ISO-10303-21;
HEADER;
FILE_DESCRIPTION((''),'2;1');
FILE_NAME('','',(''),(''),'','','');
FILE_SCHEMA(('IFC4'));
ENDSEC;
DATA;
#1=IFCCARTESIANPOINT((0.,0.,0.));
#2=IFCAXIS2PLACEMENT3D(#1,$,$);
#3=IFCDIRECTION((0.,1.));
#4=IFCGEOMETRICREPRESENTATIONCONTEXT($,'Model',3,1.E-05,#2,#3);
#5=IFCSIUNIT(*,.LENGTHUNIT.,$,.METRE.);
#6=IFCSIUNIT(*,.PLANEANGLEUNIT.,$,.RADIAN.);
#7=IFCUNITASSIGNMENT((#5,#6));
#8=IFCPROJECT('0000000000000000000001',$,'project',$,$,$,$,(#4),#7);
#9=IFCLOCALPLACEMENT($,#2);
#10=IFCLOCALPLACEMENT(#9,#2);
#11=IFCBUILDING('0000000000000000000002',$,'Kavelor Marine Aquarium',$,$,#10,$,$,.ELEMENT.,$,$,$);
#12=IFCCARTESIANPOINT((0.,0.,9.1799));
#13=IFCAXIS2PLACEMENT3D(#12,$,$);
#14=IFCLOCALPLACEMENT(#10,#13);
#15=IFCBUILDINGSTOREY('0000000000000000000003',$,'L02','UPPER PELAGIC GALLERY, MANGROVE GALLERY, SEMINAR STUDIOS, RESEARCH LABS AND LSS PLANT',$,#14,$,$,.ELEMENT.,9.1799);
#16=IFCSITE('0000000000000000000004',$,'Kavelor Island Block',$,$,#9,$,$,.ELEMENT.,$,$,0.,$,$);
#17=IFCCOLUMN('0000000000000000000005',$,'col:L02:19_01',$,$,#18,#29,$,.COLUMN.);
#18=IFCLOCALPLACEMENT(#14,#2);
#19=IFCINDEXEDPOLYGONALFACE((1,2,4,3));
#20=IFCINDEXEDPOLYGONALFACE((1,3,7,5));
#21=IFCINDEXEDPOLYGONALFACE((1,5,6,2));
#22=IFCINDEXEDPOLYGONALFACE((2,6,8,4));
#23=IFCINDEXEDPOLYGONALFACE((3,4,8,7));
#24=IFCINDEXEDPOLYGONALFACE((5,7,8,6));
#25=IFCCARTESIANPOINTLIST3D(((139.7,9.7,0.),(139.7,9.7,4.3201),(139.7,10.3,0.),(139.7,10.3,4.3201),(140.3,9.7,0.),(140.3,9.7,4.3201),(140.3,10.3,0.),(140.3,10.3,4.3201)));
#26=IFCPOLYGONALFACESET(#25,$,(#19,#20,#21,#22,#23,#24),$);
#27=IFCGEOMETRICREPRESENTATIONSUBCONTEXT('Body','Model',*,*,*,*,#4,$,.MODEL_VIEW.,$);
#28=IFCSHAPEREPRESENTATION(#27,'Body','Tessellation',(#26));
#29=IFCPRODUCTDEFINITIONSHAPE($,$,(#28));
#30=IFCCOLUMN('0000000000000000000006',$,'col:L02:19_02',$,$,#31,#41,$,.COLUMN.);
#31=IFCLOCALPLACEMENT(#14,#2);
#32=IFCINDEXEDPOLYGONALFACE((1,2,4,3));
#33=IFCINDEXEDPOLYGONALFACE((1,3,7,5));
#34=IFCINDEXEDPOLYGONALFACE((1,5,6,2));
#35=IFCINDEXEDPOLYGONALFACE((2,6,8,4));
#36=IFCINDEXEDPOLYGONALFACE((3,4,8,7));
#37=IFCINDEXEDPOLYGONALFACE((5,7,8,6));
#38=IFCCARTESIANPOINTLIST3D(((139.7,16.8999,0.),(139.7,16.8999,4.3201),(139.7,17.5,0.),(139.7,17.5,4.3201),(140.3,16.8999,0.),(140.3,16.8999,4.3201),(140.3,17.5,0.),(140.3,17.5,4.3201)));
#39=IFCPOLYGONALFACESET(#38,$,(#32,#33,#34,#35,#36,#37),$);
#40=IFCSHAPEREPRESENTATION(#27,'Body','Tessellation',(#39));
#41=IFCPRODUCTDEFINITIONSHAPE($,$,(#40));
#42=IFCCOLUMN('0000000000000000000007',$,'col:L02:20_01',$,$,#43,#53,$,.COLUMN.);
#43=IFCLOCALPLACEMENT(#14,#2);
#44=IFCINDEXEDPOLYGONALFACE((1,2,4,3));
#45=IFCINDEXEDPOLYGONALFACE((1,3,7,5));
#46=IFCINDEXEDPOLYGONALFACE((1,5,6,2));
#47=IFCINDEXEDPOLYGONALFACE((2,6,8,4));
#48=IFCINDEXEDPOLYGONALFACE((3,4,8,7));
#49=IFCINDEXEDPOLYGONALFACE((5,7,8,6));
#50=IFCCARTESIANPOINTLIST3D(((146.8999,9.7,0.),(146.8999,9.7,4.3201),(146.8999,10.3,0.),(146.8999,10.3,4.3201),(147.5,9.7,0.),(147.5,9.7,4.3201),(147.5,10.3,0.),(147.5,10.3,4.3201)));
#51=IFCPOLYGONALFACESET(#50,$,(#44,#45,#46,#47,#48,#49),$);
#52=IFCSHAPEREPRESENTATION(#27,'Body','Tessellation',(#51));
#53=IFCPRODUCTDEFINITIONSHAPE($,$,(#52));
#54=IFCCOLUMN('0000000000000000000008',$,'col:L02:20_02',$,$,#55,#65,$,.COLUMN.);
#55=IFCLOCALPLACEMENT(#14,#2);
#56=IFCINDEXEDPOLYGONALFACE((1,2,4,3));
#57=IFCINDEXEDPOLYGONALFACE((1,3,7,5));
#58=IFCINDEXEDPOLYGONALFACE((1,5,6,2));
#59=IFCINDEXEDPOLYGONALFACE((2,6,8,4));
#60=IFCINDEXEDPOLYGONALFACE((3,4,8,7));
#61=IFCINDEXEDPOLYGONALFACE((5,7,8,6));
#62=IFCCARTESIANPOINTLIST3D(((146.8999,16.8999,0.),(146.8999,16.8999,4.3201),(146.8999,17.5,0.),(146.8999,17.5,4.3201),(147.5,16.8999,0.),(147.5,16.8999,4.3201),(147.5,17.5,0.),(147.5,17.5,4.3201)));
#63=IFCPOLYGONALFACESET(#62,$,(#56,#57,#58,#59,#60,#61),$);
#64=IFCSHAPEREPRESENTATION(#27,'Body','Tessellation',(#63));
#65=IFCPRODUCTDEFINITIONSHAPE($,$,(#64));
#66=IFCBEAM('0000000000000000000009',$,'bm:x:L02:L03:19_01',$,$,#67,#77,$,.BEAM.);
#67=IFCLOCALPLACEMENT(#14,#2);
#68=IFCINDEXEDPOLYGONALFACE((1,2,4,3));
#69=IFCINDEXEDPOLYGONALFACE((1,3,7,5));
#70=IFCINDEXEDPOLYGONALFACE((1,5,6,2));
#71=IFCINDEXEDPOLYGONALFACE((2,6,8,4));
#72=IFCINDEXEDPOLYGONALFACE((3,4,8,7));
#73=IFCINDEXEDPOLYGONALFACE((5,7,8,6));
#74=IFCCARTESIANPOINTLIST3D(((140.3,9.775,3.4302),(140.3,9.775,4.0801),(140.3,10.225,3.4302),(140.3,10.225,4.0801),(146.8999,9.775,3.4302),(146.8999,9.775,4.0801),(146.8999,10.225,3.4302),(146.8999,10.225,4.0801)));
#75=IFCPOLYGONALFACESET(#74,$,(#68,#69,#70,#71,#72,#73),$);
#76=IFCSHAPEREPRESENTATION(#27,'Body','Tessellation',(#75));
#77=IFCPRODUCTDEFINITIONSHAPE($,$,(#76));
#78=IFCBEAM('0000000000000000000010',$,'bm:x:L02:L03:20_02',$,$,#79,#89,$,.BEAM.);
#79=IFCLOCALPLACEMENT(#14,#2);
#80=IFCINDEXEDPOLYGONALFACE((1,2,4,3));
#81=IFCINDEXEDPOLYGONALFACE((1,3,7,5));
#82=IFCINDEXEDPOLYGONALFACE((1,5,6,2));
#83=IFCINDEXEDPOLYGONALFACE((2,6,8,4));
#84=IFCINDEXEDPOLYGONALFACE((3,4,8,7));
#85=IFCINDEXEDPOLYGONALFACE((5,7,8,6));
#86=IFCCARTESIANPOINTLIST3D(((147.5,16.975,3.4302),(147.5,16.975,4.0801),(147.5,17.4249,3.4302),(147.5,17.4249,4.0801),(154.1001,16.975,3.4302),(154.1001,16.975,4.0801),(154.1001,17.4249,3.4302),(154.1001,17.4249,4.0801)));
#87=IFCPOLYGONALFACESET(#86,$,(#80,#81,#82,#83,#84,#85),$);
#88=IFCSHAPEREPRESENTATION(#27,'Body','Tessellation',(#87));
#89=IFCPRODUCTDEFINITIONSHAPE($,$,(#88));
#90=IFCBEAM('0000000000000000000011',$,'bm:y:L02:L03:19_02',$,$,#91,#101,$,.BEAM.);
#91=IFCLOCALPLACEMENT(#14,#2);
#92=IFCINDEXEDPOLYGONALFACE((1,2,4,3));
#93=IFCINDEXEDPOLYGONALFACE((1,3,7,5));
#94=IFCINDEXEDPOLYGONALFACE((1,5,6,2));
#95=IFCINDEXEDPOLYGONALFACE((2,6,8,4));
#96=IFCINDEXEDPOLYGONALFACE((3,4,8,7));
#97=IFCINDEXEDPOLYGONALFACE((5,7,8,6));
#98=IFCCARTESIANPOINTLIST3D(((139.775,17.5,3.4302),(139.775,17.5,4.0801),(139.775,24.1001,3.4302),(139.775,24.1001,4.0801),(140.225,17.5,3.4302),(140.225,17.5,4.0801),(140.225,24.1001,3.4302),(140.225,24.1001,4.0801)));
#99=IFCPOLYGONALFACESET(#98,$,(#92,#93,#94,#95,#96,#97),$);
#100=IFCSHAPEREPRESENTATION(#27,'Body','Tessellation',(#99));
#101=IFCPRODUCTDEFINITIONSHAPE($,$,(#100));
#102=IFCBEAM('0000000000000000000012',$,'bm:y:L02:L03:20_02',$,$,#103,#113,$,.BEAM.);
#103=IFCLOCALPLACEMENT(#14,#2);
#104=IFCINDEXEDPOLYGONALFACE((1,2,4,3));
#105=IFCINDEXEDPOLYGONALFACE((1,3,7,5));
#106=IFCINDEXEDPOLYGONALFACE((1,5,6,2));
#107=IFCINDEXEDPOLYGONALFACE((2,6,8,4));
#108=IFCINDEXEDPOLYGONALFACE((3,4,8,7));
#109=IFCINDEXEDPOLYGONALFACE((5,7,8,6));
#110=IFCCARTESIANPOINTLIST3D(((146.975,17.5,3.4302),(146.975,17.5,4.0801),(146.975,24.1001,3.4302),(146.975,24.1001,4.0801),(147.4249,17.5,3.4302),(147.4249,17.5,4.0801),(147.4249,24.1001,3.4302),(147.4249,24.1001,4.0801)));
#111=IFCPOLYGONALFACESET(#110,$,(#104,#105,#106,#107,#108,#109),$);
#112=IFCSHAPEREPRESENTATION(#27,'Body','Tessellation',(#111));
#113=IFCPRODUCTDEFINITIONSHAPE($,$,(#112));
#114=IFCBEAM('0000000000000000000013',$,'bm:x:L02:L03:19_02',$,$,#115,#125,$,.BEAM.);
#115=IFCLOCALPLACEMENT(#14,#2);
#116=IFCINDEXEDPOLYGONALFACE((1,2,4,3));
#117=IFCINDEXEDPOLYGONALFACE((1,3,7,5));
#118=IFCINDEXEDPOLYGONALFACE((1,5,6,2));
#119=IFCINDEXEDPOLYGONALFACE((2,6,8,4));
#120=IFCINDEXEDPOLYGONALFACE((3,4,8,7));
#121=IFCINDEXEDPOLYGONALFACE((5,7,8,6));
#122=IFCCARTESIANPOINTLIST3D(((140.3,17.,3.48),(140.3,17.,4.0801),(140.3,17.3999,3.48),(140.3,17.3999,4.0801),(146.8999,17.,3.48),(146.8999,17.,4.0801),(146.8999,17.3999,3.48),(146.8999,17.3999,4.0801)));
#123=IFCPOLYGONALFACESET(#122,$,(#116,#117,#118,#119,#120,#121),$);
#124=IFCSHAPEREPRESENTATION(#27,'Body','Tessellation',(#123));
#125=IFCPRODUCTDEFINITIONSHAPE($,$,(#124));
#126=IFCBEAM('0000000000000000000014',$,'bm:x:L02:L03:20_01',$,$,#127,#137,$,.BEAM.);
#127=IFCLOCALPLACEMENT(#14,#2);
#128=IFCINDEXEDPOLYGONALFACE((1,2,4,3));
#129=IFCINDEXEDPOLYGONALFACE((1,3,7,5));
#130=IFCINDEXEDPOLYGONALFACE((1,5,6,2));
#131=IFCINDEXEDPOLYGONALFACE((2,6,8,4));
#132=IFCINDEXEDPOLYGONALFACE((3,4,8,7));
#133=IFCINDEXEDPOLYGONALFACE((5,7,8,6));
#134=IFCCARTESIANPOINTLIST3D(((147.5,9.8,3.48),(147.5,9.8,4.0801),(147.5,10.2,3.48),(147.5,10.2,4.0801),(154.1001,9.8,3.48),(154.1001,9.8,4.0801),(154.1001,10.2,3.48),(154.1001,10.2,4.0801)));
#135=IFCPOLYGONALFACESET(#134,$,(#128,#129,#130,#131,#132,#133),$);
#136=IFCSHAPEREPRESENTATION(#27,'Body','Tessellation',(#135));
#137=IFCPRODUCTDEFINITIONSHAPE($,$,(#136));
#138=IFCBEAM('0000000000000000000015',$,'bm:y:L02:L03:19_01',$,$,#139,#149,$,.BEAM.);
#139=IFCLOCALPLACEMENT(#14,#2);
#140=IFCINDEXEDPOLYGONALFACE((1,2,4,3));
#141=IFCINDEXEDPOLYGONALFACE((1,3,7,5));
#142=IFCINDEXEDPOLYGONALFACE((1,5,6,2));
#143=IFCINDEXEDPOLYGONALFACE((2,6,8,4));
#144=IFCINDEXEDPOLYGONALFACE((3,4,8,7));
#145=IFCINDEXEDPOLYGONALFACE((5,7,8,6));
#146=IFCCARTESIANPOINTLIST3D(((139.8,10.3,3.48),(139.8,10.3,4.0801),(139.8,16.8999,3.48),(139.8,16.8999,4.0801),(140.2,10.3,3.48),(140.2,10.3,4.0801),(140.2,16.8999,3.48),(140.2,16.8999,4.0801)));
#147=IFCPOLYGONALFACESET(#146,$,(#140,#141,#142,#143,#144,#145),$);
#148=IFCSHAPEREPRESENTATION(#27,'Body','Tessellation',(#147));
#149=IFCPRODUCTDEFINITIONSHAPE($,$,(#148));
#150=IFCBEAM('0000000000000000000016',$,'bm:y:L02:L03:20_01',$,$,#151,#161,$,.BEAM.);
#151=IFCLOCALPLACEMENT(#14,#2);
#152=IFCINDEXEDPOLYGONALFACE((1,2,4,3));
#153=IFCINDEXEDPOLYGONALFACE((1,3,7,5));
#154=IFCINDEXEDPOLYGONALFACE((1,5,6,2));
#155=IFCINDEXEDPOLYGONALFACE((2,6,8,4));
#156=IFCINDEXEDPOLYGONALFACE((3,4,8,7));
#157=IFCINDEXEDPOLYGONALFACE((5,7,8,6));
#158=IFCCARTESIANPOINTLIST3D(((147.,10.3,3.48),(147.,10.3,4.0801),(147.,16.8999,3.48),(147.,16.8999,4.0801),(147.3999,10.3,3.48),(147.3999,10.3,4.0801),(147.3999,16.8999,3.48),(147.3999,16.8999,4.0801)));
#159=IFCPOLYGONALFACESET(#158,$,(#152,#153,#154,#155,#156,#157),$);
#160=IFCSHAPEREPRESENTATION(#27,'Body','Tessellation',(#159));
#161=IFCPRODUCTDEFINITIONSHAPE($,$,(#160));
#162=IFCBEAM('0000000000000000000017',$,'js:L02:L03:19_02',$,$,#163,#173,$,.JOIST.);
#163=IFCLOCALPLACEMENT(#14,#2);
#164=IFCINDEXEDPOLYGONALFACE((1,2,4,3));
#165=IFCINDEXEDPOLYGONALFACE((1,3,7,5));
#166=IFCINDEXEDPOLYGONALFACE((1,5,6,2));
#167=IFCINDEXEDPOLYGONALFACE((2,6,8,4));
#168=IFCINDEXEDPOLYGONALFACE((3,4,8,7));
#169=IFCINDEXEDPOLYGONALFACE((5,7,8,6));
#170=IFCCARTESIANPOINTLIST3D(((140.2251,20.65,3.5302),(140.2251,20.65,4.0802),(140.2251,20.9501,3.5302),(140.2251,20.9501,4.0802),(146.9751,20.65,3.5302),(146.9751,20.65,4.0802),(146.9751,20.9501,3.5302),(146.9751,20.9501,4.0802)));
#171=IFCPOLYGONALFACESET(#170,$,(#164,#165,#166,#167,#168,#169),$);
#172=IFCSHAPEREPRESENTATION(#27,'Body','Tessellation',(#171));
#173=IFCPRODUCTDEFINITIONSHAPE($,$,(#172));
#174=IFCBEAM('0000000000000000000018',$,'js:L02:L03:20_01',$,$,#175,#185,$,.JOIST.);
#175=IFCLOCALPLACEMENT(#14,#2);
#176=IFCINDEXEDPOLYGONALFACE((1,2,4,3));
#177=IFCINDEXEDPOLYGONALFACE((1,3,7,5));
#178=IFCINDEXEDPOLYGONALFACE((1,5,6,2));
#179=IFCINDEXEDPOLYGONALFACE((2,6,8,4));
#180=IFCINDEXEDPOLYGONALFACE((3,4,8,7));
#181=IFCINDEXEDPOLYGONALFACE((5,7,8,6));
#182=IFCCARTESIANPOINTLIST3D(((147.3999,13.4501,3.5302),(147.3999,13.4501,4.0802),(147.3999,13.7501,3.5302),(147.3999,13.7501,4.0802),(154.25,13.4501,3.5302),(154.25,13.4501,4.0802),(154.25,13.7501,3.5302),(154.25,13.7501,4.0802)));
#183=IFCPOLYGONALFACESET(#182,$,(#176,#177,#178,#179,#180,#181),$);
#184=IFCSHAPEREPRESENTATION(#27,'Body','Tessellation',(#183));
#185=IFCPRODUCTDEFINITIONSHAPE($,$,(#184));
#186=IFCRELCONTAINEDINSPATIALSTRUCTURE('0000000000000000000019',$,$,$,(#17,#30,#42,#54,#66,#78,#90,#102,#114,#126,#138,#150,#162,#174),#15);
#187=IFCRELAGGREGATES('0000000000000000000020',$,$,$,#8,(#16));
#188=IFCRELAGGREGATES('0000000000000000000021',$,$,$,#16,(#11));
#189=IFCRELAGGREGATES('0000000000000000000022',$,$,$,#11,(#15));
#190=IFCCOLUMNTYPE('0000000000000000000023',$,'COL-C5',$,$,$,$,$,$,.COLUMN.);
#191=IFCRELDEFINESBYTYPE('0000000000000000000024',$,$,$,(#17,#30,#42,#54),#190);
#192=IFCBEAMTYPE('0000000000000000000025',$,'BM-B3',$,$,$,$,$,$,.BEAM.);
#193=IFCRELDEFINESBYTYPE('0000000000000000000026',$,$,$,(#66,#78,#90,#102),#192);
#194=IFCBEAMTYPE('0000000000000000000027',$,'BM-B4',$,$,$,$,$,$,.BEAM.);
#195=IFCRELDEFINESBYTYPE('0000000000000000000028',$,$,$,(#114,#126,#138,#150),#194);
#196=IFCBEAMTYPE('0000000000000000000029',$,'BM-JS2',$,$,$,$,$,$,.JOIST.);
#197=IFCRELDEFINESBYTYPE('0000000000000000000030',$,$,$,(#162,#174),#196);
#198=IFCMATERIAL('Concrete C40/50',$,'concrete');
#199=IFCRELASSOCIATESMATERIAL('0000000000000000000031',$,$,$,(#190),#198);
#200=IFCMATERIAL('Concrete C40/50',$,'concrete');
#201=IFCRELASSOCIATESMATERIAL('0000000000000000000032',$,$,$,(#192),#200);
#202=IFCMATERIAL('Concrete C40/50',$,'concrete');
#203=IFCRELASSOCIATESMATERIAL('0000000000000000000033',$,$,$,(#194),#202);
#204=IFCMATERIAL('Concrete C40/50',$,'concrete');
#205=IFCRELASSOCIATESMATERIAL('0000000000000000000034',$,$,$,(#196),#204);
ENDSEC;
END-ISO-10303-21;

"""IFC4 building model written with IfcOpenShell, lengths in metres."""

from ifc_helpers import new_model, si_unit, direction, frame, origin, origin_2d, place, context, subcontext, project, spatial, rectangle, extrude, material, material_profile, profile_set, type_object, element, save


model = new_model("IFC4")

# Units and contexts
model_context = context("Model", 3, precision=1e-05, world=origin(), true_north=direction((0.0, 1.0)))
body_context = subcontext(model_context, "Body", "Model", "MODEL_VIEW")
ifc_project = project(units=[si_unit("LENGTHUNIT", "METRE"), si_unit("PLANEANGLEUNIT", "RADIAN")], contexts=[model_context])

# Site, building, storey
site_placement = place(None, origin())
site = spatial("IfcSite", under=ifc_project, at=site_placement, Name="Kavelor Island Block", CompositionType="ELEMENT", RefElevation=0.0)
building_placement = place(site_placement, origin())
building = spatial("IfcBuilding", under=site, at=building_placement, Name="Kavelor Marine Aquarium", CompositionType="ELEMENT")
storey_placement = place(building_placement, frame((0.0, 0.0, 9.1799)))
storey = spatial("IfcBuildingStorey", under=building, at=storey_placement, Name="L02", Description="UPPER PELAGIC GALLERY, MANGROVE GALLERY, SEMINAR STUDIOS, RESEARCH LABS AND LSS PLANT", CompositionType="ELEMENT", Elevation=9.1799)

# Columns
ifc_material_1 = material(Name="Concrete C40/50", Category="concrete")
ifc_material_profile_1 = material_profile(ifc_material_1, rectangle(XDim=0.6001, YDim=0.6001, at=origin_2d()), Name="RC-COL 600x600")
ifc_profile_set_1 = profile_set([ifc_material_profile_1], Name="Concrete C40/50")
column_type = type_object("IfcColumnType", Name="COL-C5", PredefinedType="COLUMN", material=ifc_profile_set_1)
for number, where, z_axis, x_axis, name in (
    (1, (140.0, 10.0, 0.0), (0.0, 0.0, 1.0), (1.0, 0.0, 0.0), "col:L02:19_01"),
    (2, (140.0, 17.2, 0.0), (0.0, 0.0, 1.0), (1.0, 0.0, 0.0), "col:L02:19_02"),
    (3, (147.2, 10.0, 0.0), (0.0, 0.0, 1.0), (1.0, 0.0, 0.0), "col:L02:20_01"),
    (4, (147.2, 17.2, 0.0), (0.0, 0.0, 1.0), (1.0, 0.0, 0.0), "col:L02:20_02"),
):
    element("IfcColumn", number, at=place(storey_placement, frame(where, z_axis=z_axis, x_axis=x_axis)), inside=storey, type_object=column_type, Name=name, PredefinedType="COLUMN", context=body_context, shape_type="SweptSolid", body=[
        extrude(rectangle(XDim=0.6001, YDim=0.6001, at=origin_2d()), origin(), (0.0, 0.0, 1.0), 4.3201),
    ])

# Beams
ifc_material_2 = material(Name="Concrete C40/50", Category="concrete")
ifc_material_profile_2 = material_profile(ifc_material_2, rectangle(XDim=0.45, YDim=0.6499, at=origin_2d()), Name="RC-BM 450x650")
ifc_profile_set_2 = profile_set([ifc_material_profile_2], Name="Concrete C40/50")
beam_type_1 = type_object("IfcBeamType", Name="BM-B3", PredefinedType="BEAM", material=ifc_profile_set_2)
beam_1_placement = place(storey_placement, frame((140.3, 10.0, 3.7551), z_axis=(1.0, 0.0, 0.0), x_axis=(0.0, 1.0, 0.0)))
element("IfcBeam", 5, at=beam_1_placement, inside=storey, type_object=beam_type_1, Name="bm:x:L02:L03:19_01", PredefinedType="BEAM", context=body_context, shape_type="SweptSolid", body=[
    extrude(rectangle(XDim=0.45, YDim=0.6499, at=origin_2d()), origin(), (0.0, 0.0, 1.0), 6.5999),
])
for number, where, z_axis, x_axis, name in (
    (6, (147.5, 17.2, 3.7551), (1.0, 0.0, 0.0), (0.0, 1.0, 0.0), "bm:x:L02:L03:20_02"),
    (7, (140.0, 17.5, 3.7551), (0.0, 1.0, 0.0), (-1.0, 0.0, 0.0), "bm:y:L02:L03:19_02"),
    (8, (147.2, 17.5, 3.7551), (0.0, 1.0, 0.0), (-1.0, 0.0, 0.0), "bm:y:L02:L03:20_02"),
):
    element("IfcBeam", number, at=place(storey_placement, frame(where, z_axis=z_axis, x_axis=x_axis)), inside=storey, type_object=beam_type_1, Name=name, PredefinedType="BEAM", context=body_context, shape_type="SweptSolid", body=[
        extrude(rectangle(XDim=0.45, YDim=0.6499, at=origin_2d()), origin(), (0.0, 0.0, 1.0), 6.6001),
    ])
ifc_material_3 = material(Name="Concrete C40/50", Category="concrete")
ifc_material_profile_3 = material_profile(ifc_material_3, rectangle(XDim=0.3999, YDim=0.6001, at=origin_2d()), Name="RC-BM 400x600")
ifc_profile_set_3 = profile_set([ifc_material_profile_3], Name="Concrete C40/50")
beam_type_2 = type_object("IfcBeamType", Name="BM-B4", PredefinedType="BEAM", material=ifc_profile_set_3)
beam_2_placement = place(storey_placement, frame((140.3, 17.2, 3.78), z_axis=(1.0, 0.0, 0.0), x_axis=(0.0, 1.0, 0.0)))
element("IfcBeam", 9, at=beam_2_placement, inside=storey, type_object=beam_type_2, Name="bm:x:L02:L03:19_02", PredefinedType="BEAM", context=body_context, shape_type="SweptSolid", body=[
    extrude(rectangle(XDim=0.3999, YDim=0.6001, at=origin_2d()), origin(), (0.0, 0.0, 1.0), 6.5999),
])
beam_3_placement = place(storey_placement, frame((147.5, 10.0, 3.78), z_axis=(1.0, 0.0, 0.0), x_axis=(0.0, 1.0, 0.0)))
element("IfcBeam", 10, at=beam_3_placement, inside=storey, type_object=beam_type_2, Name="bm:x:L02:L03:20_01", PredefinedType="BEAM", context=body_context, shape_type="SweptSolid", body=[
    extrude(rectangle(XDim=0.3999, YDim=0.6001, at=origin_2d()), origin(), (0.0, 0.0, 1.0), 6.6001),
])
for number, where, z_axis, x_axis, name in (
    (11, (140.0, 10.3, 3.78), (0.0, 1.0, 0.0), (-1.0, 0.0, 0.0), "bm:y:L02:L03:19_01"),
    (12, (147.2, 10.3, 3.78), (0.0, 1.0, 0.0), (-1.0, 0.0, 0.0), "bm:y:L02:L03:20_01"),
):
    element("IfcBeam", number, at=place(storey_placement, frame(where, z_axis=z_axis, x_axis=x_axis)), inside=storey, type_object=beam_type_2, Name=name, PredefinedType="BEAM", context=body_context, shape_type="SweptSolid", body=[
        extrude(rectangle(XDim=0.3999, YDim=0.6001, at=origin_2d()), origin(), (0.0, 0.0, 1.0), 6.5999),
    ])
ifc_material_4 = material(Name="Concrete C40/50", Category="concrete")
ifc_material_profile_4 = material_profile(ifc_material_4, rectangle(XDim=0.3, YDim=0.55, at=origin_2d()), Name="RC-JS 300x550")
ifc_profile_set_4 = profile_set([ifc_material_profile_4], Name="Concrete C40/50")
beam_type_3 = type_object("IfcBeamType", Name="BM-JS2", PredefinedType="JOIST", material=ifc_profile_set_4)
beam_4_placement = place(storey_placement, frame((140.2251, 20.8, 3.8052), z_axis=(1.0, 0.0, 0.0), x_axis=(0.0, 1.0, 0.0)))
element("IfcBeam", 13, at=beam_4_placement, inside=storey, type_object=beam_type_3, Name="js:L02:L03:19_02", PredefinedType="JOIST", context=body_context, shape_type="SweptSolid", body=[
    extrude(rectangle(XDim=0.3, YDim=0.55, at=origin_2d()), origin(), (0.0, 0.0, 1.0), 6.75),
])
beam_5_placement = place(storey_placement, frame((147.3999, 13.6001, 3.8052), z_axis=(1.0, 0.0, 0.0), x_axis=(0.0, 1.0, 0.0)))
element("IfcBeam", 14, at=beam_5_placement, inside=storey, type_object=beam_type_3, Name="js:L02:L03:20_01", PredefinedType="JOIST", context=body_context, shape_type="SweptSolid", body=[
    extrude(rectangle(XDim=0.3, YDim=0.55, at=origin_2d()), origin(), (0.0, 0.0, 1.0), 6.8501),
])

save(model, "model.ifc")
